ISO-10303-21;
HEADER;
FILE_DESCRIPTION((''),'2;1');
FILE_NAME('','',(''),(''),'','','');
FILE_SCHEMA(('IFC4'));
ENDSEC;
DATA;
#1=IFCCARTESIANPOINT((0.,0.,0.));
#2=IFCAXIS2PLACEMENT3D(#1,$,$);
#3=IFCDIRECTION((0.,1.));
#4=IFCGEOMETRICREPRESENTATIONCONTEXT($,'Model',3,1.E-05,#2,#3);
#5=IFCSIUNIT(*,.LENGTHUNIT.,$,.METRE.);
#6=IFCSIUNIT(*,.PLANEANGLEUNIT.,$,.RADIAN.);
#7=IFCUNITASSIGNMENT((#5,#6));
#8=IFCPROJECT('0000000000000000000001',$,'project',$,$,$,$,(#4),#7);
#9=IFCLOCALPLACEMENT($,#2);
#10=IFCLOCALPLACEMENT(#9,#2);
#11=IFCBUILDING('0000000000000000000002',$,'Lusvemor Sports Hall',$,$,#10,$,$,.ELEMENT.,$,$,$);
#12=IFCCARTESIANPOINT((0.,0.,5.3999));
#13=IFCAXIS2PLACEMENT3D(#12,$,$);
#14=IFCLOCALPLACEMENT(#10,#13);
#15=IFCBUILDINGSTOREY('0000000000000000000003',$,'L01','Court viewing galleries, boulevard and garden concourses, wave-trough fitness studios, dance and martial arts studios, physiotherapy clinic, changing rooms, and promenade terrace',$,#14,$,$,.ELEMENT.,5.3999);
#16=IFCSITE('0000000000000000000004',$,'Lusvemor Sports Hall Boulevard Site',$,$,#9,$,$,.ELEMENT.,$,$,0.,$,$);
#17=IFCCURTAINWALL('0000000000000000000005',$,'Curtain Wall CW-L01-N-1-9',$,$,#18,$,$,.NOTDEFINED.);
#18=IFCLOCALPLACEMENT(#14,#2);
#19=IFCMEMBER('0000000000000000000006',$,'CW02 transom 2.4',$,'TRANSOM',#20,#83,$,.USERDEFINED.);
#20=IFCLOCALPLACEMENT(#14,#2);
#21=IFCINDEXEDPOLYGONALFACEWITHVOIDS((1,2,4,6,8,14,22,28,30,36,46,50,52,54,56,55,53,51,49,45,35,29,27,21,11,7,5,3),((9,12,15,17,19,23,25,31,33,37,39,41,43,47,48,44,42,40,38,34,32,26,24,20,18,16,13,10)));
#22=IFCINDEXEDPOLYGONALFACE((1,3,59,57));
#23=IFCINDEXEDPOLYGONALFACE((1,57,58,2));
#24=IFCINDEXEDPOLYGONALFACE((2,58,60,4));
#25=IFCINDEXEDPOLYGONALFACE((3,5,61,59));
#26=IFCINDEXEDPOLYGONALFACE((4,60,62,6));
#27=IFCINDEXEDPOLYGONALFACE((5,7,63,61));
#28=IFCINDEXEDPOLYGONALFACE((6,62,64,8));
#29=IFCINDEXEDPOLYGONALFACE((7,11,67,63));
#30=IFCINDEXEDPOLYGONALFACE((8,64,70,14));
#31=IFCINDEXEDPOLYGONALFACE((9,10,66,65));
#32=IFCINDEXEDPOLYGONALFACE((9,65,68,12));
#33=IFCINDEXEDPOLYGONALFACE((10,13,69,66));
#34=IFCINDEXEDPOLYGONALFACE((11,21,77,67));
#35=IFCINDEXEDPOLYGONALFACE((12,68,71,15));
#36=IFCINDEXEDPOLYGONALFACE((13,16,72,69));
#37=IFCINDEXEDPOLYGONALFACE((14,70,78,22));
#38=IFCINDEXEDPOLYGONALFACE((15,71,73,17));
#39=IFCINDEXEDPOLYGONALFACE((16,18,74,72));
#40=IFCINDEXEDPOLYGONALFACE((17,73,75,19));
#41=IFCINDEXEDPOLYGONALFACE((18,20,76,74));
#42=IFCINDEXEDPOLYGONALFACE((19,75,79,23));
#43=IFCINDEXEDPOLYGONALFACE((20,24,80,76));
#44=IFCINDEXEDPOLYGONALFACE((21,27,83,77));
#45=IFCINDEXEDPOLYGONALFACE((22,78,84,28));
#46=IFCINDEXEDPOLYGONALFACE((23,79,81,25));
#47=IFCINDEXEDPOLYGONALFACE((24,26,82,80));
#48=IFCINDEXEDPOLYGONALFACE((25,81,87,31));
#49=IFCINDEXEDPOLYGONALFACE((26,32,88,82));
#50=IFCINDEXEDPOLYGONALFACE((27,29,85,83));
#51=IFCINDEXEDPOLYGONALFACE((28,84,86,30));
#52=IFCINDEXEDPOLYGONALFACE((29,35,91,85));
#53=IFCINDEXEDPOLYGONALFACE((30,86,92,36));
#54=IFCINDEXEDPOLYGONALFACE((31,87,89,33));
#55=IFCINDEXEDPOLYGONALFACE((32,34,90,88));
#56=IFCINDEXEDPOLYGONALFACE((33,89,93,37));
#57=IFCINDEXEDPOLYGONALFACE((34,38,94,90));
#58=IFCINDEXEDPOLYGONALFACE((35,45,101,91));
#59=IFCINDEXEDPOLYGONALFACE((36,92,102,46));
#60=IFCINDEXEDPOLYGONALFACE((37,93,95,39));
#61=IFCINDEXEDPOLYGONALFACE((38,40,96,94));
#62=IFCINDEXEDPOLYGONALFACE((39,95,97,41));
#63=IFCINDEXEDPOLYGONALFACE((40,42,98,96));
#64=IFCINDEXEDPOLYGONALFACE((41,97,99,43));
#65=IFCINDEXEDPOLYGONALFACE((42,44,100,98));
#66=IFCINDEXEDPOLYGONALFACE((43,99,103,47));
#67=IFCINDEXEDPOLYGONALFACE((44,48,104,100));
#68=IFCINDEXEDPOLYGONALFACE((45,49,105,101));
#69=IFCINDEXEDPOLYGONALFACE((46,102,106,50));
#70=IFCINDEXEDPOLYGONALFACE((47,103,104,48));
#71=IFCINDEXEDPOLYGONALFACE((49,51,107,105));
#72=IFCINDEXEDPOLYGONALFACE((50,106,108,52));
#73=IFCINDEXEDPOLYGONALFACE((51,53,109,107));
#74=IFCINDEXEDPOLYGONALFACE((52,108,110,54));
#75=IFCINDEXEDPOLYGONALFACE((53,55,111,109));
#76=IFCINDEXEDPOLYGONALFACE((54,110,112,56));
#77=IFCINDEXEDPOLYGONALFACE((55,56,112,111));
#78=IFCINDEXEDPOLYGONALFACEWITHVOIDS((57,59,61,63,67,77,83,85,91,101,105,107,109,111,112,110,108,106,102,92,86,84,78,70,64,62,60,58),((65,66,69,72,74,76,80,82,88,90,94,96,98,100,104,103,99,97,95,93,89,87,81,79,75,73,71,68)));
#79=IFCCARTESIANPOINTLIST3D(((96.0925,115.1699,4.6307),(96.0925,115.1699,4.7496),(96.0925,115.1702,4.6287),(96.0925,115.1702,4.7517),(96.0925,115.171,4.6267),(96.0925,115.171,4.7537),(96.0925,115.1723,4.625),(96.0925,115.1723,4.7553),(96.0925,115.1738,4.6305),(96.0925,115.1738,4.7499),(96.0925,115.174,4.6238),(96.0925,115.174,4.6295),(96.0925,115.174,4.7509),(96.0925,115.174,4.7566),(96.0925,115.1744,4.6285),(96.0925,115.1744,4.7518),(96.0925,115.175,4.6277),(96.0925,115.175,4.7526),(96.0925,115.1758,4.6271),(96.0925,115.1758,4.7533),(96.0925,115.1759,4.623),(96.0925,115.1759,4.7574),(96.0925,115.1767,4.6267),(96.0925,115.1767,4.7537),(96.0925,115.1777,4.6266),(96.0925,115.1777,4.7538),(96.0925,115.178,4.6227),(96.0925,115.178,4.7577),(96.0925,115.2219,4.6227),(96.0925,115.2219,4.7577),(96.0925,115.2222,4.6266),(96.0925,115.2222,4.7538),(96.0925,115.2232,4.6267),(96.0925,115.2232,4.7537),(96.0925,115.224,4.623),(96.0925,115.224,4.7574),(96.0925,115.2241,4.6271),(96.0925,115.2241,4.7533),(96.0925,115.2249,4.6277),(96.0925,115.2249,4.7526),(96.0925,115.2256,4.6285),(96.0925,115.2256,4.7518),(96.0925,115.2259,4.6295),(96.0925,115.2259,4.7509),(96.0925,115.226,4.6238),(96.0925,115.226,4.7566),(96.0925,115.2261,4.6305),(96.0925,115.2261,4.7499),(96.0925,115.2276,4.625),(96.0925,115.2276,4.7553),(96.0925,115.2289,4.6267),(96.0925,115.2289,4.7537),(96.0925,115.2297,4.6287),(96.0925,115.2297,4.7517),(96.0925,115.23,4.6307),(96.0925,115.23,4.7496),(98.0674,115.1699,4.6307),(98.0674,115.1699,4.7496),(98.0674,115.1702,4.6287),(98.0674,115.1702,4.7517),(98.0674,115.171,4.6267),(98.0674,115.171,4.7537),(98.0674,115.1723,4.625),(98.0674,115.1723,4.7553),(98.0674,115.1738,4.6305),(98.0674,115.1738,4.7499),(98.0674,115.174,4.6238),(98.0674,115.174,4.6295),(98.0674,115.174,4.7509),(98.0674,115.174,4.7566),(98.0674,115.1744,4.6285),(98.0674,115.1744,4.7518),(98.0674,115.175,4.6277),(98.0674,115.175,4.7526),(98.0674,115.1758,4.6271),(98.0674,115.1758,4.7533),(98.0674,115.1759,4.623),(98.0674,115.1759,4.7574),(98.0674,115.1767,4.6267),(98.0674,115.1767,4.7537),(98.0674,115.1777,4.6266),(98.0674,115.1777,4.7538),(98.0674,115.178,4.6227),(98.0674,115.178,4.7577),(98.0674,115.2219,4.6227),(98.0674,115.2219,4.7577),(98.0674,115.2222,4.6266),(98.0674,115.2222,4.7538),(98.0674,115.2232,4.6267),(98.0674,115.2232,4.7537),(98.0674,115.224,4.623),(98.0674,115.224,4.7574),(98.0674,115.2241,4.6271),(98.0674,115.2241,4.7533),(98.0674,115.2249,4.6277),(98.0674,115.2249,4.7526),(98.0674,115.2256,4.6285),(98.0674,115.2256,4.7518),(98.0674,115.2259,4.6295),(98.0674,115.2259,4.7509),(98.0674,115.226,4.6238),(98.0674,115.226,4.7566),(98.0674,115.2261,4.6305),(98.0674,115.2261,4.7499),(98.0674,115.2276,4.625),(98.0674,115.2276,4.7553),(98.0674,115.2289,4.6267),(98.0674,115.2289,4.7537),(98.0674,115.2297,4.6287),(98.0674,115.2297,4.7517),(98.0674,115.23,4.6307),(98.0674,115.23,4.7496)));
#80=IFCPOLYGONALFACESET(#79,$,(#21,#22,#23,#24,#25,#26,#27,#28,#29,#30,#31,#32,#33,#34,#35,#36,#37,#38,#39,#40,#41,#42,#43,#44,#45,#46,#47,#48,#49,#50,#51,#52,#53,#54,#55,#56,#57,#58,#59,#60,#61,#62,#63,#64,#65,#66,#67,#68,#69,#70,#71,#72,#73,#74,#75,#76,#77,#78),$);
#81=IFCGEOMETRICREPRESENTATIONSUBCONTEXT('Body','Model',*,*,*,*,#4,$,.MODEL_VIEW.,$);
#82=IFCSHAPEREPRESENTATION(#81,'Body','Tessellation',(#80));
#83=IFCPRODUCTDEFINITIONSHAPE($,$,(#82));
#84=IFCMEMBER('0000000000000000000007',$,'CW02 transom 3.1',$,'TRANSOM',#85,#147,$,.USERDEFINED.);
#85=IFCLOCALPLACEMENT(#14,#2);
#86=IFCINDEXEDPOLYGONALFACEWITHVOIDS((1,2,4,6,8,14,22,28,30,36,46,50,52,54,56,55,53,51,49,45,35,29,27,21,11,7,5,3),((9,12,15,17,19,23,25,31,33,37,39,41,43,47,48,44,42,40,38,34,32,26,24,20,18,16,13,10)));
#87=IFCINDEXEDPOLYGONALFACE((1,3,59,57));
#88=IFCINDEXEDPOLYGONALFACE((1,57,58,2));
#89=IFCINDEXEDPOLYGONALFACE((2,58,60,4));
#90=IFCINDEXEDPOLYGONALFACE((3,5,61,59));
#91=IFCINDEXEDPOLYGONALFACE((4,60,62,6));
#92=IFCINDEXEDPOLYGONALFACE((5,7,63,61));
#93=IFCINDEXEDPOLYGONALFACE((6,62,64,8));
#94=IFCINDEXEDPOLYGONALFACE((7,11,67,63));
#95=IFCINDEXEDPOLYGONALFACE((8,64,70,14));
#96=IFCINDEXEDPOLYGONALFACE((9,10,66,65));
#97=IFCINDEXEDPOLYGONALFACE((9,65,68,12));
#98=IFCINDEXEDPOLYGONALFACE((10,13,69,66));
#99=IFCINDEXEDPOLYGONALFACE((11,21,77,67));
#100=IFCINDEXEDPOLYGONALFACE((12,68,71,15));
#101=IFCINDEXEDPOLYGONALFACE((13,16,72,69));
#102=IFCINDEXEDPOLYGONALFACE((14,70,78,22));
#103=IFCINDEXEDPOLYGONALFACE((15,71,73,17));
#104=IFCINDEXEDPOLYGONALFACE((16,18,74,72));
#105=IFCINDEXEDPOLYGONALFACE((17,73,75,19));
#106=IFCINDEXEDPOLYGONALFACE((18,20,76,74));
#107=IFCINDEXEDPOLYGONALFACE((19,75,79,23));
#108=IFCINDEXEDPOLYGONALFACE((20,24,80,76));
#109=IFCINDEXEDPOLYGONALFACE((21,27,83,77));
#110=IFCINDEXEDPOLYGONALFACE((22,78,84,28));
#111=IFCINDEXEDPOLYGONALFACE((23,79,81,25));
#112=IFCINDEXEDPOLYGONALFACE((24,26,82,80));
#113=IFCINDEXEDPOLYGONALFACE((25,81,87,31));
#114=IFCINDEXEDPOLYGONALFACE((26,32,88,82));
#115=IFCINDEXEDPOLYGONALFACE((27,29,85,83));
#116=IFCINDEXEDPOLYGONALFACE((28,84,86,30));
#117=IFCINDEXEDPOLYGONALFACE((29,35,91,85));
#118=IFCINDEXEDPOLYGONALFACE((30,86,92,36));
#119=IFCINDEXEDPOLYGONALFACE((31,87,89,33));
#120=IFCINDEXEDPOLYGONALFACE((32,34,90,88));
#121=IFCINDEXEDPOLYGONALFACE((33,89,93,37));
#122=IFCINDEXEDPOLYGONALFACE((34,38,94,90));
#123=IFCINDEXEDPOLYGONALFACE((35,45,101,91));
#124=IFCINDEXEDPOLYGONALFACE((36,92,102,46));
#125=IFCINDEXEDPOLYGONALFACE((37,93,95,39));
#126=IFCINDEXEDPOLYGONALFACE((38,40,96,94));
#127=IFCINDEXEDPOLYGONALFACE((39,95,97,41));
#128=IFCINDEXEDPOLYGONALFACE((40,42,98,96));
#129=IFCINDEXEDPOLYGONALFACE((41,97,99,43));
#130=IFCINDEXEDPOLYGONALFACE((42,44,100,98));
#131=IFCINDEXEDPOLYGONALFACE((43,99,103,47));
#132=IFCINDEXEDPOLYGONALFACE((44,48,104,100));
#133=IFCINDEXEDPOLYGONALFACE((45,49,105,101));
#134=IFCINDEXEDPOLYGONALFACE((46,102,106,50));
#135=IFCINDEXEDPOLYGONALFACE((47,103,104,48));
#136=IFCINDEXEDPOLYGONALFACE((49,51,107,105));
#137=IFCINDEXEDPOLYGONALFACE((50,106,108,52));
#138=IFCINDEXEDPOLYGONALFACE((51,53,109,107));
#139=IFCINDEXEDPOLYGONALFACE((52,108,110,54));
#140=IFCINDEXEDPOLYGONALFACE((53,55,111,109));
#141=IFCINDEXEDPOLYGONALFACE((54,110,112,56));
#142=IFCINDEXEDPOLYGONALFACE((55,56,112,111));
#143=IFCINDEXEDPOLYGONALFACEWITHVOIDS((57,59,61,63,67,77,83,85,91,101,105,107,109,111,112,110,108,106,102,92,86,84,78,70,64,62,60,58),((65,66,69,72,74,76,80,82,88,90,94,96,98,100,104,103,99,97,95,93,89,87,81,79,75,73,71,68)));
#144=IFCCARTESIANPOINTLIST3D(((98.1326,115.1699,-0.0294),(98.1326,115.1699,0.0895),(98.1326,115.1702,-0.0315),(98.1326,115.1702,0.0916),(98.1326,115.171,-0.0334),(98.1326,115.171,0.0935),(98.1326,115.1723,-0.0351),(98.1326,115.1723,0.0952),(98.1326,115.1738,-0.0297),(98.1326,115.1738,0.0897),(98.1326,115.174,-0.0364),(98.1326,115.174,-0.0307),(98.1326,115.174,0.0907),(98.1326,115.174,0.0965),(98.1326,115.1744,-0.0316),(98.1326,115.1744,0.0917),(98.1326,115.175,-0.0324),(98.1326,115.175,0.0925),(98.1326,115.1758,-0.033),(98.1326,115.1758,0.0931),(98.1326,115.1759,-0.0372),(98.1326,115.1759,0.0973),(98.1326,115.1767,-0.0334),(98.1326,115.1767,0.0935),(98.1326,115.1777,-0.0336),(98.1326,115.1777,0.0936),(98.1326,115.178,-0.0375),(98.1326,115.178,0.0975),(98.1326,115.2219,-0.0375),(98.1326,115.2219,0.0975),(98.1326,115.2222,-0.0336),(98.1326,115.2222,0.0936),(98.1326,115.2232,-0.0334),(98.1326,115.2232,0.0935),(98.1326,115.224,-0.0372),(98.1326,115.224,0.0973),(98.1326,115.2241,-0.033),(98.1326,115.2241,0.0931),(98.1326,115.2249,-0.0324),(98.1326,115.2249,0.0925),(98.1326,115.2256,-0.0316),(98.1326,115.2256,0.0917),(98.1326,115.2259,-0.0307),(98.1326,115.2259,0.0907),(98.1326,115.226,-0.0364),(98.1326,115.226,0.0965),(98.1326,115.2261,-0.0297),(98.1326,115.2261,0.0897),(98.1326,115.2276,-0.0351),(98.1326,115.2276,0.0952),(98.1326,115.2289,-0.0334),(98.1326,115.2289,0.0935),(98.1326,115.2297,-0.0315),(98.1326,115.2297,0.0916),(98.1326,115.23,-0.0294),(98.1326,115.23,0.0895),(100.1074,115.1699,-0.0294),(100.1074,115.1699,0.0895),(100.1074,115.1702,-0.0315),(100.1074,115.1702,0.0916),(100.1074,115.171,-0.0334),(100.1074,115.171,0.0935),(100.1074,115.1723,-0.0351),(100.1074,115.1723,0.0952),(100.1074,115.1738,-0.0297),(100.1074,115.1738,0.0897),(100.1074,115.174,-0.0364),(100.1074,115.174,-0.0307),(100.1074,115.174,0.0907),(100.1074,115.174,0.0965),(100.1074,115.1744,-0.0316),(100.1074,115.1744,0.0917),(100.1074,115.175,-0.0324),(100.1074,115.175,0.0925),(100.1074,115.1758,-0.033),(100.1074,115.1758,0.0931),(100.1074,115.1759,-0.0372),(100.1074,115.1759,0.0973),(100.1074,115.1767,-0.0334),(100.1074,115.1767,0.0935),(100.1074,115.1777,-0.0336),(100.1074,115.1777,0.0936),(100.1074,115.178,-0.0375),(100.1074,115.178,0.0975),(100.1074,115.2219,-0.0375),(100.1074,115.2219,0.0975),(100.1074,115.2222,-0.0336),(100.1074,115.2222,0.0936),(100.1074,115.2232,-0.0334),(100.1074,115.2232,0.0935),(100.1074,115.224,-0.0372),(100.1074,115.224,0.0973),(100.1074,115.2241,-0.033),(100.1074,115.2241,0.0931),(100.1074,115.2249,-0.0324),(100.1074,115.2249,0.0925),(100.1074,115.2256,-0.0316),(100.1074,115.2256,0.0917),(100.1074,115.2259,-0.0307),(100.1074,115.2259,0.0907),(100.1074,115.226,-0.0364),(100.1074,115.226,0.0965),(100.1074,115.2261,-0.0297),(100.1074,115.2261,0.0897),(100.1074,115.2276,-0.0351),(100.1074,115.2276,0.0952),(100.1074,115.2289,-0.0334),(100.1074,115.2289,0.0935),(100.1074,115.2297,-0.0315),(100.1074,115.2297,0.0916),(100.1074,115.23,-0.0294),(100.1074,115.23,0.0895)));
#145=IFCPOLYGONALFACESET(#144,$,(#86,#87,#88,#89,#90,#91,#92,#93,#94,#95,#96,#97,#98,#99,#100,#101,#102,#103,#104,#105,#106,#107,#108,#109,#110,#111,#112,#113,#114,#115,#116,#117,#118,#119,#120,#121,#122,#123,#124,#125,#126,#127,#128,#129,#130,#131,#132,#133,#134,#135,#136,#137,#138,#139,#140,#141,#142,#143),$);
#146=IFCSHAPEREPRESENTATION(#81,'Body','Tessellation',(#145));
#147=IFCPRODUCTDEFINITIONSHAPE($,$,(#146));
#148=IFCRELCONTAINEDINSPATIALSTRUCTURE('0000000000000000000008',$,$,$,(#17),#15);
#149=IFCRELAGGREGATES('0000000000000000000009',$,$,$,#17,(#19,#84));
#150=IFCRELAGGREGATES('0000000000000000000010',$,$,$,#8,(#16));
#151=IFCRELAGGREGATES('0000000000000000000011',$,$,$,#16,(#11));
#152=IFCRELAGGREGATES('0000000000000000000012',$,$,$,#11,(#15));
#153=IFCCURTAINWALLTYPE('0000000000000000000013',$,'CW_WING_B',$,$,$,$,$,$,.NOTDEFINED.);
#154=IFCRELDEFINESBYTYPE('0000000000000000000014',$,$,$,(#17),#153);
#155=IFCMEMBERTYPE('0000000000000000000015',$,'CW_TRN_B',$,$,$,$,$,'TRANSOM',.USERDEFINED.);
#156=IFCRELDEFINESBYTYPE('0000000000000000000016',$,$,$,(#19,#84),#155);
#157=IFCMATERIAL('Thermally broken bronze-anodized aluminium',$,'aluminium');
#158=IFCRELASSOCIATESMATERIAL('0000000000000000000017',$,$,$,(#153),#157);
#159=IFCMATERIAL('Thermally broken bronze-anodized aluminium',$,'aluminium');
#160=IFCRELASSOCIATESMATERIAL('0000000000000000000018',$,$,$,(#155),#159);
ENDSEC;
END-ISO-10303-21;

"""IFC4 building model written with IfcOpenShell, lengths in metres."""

from ifc_helpers import new_model, si_unit, direction, frame, origin, origin_2d, place, context, subcontext, project, spatial, hollow_rectangle, extrude, material, material_profile, profile_set, type_object, element, aggregate, save


model = new_model("IFC4")

# Units and contexts
model_context = context("Model", 3, precision=1e-05, world=origin(), true_north=direction((0.0, 1.0)))
body_context = subcontext(model_context, "Body", "Model", "MODEL_VIEW")
ifc_project = project(units=[si_unit("LENGTHUNIT", "METRE"), si_unit("PLANEANGLEUNIT", "RADIAN")], contexts=[model_context])

# Site, building, storey
site_placement = place(None, origin())
site = spatial("IfcSite", under=ifc_project, at=site_placement, Name="Lusvemor Sports Hall Boulevard Site", CompositionType="ELEMENT", RefElevation=0.0)
building_placement = place(site_placement, origin())
building = spatial("IfcBuilding", under=site, at=building_placement, Name="Lusvemor Sports Hall", CompositionType="ELEMENT")
storey_placement = place(building_placement, frame((0.0, 0.0, 5.3999)))
storey = spatial("IfcBuildingStorey", under=building, at=storey_placement, Name="L01", Description="Court viewing galleries, boulevard and garden concourses, wave-trough fitness studios, dance and martial arts studios, physiotherapy clinic, changing rooms, and promenade terrace", CompositionType="ELEMENT", Elevation=5.3999)

# Curtain wall, members
ifc_material_1 = material(Name="Thermally broken bronze-anodized aluminium", Category="aluminium")
curtain_wall_type = type_object("IfcCurtainWallType", Name="CW_WING_B", PredefinedType="NOTDEFINED", material=ifc_material_1)
curtain_wall_placement = place(storey_placement, origin())
curtain_wall = element("IfcCurtainWall", 1, at=curtain_wall_placement, inside=storey, type_object=curtain_wall_type, Name="Curtain Wall CW-L01-N-1-9", PredefinedType="NOTDEFINED")
ifc_material_2 = material(Name="Thermally broken bronze-anodized aluminium", Category="aluminium")
ifc_material_profile_1 = material_profile(ifc_material_2, hollow_rectangle(XDim=0.0601, YDim=0.135, WallThickness=0.0039, InnerFilletRadius=0.0039, OuterFilletRadius=0.0081, at=origin_2d()), Name="CWTRN135x60x4")
ifc_profile_set_1 = profile_set([ifc_material_profile_1], Name="Thermally broken bronze-anodized aluminium")
member_type_1 = type_object("IfcMemberType", Name="CW_TRN_B", ElementType="TRANSOM", PredefinedType="USERDEFINED", material=ifc_profile_set_1)
member_1_placement = place(storey_placement, frame((96.0925, 115.2, 4.6902), z_axis=(1.0, 0.0, 0.0), x_axis=(0.0, 1.0, 0.0)))
member_1 = element("IfcMember", 2, at=member_1_placement, type_object=member_type_1, Name="CW02 transom 2.4", ObjectType="TRANSOM", PredefinedType="USERDEFINED", context=body_context, shape_type="SweptSolid", body=[
    extrude(hollow_rectangle(XDim=0.0601, YDim=0.135, WallThickness=0.0039, InnerFilletRadius=0.0039, OuterFilletRadius=0.0081, at=origin_2d()), origin(), (0.0, 0.0, 1.0), 1.9749),
])
member_2_placement = place(storey_placement, frame((98.1326, 115.2, 0.03), z_axis=(1.0, 0.0, 0.0), x_axis=(0.0, 1.0, 0.0)))
member_2 = element("IfcMember", 3, at=member_2_placement, type_object=member_type_1, Name="CW02 transom 3.1", ObjectType="TRANSOM", PredefinedType="USERDEFINED", context=body_context, shape_type="SweptSolid", body=[
    extrude(hollow_rectangle(XDim=0.0601, YDim=0.135, WallThickness=0.0039, InnerFilletRadius=0.0039, OuterFilletRadius=0.0081, at=origin_2d()), origin(), (0.0, 0.0, 1.0), 1.9749),
])

aggregate(curtain_wall, [member_1, member_2])

save(model, "model.ifc")
